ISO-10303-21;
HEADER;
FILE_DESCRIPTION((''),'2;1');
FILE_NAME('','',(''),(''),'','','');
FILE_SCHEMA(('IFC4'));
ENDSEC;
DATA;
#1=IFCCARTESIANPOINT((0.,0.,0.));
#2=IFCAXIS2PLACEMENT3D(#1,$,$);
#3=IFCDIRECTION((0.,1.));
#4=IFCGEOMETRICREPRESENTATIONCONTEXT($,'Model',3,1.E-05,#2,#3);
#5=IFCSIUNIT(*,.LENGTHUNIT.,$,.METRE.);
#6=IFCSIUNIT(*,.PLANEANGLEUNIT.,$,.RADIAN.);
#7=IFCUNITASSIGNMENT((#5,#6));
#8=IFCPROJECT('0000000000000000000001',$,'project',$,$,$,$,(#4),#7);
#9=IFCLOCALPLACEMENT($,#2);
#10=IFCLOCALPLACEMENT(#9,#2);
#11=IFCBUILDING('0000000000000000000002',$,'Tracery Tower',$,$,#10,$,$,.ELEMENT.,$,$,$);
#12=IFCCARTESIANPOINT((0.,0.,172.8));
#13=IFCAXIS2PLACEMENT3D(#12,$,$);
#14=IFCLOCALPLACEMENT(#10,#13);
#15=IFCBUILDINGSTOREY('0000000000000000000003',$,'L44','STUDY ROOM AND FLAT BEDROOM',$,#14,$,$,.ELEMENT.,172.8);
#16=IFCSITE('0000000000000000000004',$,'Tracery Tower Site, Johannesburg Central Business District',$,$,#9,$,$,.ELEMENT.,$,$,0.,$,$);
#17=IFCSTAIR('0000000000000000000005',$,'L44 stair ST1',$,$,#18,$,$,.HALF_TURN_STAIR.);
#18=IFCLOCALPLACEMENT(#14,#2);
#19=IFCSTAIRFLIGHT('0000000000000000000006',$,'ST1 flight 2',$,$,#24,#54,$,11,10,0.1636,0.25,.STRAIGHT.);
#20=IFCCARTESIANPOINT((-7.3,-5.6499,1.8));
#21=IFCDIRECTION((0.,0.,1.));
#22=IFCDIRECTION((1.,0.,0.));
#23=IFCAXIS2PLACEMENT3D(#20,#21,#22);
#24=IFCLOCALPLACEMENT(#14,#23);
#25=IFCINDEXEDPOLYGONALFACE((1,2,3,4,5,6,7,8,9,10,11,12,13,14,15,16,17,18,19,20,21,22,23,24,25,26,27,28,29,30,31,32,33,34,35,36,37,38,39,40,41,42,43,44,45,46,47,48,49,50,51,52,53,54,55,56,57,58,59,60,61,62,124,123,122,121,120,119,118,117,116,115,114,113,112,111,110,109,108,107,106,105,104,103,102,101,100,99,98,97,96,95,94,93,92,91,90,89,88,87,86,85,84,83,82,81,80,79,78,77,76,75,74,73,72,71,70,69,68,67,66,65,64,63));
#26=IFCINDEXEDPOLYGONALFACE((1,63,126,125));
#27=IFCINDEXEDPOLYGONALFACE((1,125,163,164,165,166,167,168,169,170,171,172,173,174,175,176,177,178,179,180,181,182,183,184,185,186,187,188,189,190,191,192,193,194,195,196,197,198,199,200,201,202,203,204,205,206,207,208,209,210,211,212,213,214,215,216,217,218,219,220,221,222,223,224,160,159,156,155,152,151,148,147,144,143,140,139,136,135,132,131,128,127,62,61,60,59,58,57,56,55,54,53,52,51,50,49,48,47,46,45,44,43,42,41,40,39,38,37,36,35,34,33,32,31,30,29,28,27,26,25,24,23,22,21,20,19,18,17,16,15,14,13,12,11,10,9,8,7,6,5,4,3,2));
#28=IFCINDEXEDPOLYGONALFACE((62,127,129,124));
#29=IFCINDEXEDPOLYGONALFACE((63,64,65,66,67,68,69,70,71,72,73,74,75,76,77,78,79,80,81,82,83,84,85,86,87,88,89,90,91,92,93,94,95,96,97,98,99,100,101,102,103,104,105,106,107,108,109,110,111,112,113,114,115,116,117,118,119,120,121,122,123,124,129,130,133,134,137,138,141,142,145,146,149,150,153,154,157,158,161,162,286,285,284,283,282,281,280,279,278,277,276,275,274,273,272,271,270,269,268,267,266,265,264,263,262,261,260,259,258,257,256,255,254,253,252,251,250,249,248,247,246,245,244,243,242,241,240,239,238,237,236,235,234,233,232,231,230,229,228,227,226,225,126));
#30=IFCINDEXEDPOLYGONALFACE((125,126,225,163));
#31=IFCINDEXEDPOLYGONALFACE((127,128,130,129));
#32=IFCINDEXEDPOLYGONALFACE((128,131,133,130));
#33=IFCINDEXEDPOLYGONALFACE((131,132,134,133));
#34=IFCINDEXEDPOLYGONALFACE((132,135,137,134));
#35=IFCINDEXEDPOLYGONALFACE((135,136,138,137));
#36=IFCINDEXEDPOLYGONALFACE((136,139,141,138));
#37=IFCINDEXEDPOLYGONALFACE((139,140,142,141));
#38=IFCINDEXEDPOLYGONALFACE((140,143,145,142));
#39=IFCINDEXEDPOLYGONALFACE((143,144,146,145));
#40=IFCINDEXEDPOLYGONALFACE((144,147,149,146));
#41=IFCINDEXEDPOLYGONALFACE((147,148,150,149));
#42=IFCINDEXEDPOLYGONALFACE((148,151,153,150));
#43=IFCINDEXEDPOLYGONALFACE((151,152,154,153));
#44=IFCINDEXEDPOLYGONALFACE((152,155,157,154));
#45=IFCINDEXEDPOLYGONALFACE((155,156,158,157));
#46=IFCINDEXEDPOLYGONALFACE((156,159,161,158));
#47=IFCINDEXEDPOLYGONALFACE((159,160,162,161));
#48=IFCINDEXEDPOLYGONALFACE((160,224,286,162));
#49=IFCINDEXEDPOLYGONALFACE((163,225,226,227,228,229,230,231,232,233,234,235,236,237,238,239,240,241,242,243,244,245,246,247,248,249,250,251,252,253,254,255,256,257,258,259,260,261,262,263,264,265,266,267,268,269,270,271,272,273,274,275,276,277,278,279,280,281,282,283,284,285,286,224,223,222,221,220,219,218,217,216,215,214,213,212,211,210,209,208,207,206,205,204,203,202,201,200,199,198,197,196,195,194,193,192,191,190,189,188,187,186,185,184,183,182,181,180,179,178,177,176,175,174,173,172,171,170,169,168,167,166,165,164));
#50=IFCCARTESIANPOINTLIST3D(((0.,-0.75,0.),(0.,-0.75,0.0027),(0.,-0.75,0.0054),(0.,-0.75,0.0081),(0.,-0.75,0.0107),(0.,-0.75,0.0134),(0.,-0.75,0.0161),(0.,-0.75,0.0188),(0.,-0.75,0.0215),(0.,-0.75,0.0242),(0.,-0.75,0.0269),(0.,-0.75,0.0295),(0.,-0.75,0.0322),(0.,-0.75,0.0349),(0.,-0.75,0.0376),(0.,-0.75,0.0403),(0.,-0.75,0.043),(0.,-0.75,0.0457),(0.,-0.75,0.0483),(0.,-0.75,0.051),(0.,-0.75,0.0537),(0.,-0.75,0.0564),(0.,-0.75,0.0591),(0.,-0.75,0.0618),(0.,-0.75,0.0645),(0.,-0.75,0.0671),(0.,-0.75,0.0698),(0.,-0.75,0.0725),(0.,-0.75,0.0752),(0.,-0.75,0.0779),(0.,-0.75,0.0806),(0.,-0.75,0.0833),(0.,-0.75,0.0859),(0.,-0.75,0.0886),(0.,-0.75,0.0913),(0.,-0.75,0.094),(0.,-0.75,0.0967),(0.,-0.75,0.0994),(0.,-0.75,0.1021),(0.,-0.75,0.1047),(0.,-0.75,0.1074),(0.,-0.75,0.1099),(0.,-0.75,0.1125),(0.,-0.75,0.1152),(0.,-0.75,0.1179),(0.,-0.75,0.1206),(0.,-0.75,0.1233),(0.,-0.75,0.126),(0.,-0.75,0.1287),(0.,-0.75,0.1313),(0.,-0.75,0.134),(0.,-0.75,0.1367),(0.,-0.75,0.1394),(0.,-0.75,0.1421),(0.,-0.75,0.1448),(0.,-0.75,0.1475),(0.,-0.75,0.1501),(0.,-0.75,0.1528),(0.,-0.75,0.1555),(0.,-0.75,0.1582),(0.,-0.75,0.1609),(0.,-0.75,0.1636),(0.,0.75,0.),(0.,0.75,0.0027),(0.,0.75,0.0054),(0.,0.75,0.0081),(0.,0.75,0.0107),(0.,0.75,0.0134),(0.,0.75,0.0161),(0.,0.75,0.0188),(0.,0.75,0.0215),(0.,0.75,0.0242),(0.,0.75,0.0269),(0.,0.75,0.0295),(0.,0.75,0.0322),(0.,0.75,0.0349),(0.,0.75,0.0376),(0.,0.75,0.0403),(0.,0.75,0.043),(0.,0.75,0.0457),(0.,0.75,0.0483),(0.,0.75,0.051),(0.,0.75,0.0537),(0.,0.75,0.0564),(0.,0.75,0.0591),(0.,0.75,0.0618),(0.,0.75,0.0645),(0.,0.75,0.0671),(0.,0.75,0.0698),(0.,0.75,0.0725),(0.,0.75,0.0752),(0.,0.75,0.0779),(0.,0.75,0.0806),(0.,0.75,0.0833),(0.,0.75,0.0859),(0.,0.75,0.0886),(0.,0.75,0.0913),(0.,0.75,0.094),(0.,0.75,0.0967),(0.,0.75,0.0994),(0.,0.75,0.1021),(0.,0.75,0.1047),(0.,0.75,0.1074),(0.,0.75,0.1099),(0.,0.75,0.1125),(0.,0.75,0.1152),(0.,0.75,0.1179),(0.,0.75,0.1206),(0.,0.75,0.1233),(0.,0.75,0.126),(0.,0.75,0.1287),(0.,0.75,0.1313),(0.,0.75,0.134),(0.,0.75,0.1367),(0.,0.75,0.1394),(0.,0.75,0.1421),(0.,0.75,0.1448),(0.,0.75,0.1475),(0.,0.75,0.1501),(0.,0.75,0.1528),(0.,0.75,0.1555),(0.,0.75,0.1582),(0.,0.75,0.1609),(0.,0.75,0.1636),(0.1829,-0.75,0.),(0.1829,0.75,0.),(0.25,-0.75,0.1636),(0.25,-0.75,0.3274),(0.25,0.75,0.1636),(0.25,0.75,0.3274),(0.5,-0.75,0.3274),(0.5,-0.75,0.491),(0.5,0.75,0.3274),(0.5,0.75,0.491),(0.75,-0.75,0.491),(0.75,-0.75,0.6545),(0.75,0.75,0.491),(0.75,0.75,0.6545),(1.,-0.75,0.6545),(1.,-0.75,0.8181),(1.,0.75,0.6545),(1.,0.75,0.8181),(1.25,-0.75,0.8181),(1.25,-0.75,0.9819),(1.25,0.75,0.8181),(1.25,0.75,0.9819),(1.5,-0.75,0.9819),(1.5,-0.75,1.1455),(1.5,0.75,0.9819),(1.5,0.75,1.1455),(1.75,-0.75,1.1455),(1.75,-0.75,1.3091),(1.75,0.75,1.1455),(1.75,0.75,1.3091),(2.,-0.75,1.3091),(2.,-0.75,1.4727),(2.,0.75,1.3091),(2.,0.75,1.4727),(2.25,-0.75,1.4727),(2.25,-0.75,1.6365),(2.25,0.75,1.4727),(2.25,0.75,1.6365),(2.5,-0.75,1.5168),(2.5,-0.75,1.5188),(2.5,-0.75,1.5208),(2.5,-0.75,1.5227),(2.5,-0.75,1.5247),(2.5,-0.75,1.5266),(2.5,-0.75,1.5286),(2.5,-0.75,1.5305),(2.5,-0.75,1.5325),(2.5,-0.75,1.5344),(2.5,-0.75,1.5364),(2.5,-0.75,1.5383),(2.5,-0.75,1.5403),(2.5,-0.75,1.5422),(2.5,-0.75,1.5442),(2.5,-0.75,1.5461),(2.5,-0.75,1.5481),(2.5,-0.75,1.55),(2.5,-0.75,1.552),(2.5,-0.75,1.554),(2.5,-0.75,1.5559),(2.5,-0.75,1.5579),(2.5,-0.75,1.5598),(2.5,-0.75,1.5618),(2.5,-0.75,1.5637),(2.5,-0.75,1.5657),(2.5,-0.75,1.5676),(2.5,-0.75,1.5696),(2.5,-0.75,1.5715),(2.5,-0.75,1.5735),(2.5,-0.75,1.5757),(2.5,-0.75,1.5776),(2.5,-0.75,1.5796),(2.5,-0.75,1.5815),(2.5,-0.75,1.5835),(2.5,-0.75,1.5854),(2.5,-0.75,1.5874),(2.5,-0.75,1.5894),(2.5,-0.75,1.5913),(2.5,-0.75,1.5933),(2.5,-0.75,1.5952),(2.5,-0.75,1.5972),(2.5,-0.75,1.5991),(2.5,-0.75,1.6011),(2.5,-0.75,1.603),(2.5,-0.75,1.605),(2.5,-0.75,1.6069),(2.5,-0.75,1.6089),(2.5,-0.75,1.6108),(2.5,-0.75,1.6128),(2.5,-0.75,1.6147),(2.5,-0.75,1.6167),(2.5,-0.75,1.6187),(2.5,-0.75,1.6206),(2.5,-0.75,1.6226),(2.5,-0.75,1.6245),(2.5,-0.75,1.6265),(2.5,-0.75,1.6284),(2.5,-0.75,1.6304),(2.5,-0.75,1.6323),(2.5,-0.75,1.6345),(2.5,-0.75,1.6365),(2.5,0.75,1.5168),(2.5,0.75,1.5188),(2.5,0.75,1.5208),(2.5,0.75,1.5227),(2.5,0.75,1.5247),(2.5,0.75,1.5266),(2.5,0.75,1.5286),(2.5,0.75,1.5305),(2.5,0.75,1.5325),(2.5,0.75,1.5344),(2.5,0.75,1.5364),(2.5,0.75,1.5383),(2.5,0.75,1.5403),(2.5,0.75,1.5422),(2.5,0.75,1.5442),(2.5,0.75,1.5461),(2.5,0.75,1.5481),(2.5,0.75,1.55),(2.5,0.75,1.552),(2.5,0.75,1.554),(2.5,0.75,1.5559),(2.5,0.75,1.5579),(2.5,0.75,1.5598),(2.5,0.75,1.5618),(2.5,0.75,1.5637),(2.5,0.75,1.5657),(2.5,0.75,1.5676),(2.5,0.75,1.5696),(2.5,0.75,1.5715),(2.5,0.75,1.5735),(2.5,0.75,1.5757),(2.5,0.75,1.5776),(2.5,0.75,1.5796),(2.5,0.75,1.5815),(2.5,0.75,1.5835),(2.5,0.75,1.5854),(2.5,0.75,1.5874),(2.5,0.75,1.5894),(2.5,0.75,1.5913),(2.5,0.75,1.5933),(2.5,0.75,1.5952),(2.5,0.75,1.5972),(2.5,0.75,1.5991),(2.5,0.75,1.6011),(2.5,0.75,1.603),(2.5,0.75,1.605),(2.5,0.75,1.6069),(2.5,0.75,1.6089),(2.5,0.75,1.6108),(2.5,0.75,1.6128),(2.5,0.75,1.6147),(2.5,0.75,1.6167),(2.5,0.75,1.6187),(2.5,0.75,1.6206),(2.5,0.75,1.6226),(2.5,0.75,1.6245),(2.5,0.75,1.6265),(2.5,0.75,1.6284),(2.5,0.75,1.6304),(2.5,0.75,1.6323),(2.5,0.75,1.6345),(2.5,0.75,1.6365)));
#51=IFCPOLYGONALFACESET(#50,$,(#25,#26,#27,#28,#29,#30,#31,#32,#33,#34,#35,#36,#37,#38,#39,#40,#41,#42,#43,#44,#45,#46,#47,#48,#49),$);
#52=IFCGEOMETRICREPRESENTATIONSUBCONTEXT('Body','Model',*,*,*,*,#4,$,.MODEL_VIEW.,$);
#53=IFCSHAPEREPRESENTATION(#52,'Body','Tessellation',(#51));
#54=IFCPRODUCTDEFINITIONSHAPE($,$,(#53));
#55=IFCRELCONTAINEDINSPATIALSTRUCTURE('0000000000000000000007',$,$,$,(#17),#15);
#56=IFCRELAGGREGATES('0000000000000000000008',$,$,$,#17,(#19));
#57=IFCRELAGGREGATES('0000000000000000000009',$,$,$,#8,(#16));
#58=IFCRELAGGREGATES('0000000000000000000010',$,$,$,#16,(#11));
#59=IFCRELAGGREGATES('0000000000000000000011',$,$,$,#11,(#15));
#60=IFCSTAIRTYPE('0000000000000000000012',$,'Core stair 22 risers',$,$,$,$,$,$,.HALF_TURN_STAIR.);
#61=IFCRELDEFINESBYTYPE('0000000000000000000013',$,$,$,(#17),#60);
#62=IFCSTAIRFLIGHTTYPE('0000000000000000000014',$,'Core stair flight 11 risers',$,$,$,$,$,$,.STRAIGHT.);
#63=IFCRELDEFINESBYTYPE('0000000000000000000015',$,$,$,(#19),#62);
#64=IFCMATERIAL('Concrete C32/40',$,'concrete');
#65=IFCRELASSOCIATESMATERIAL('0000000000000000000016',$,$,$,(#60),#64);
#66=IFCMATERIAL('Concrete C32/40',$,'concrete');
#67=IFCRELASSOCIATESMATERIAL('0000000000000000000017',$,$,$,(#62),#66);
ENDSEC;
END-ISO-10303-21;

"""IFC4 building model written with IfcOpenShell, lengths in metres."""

from ifc_helpers import new_model, si_unit, direction, frame, origin, place, context, subcontext, project, spatial, polyline, outline, extrude, material, type_object, element, aggregate, save


model = new_model("IFC4")

# Units and contexts
model_context = context("Model", 3, precision=1e-05, world=origin(), true_north=direction((0.0, 1.0)))
body_context = subcontext(model_context, "Body", "Model", "MODEL_VIEW")
ifc_project = project(units=[si_unit("LENGTHUNIT", "METRE"), si_unit("PLANEANGLEUNIT", "RADIAN")], contexts=[model_context])

# Site, building, storey
site_placement = place(None, origin())
site = spatial("IfcSite", under=ifc_project, at=site_placement, Name="Tracery Tower Site, Johannesburg Central Business District", CompositionType="ELEMENT", RefElevation=0.0)
building_placement = place(site_placement, origin())
building = spatial("IfcBuilding", under=site, at=building_placement, Name="Tracery Tower", CompositionType="ELEMENT")
storey_placement = place(building_placement, frame((0.0, 0.0, 172.8)))
storey = spatial("IfcBuildingStorey", under=building, at=storey_placement, Name="L44", Description="STUDY ROOM AND FLAT BEDROOM", CompositionType="ELEMENT", Elevation=172.8)

# Stair, stair flight
ifc_material_1 = material(Name="Concrete C32/40", Category="concrete")
stair_type = type_object("IfcStairType", Name="Core stair 22 risers", PredefinedType="HALF_TURN_STAIR", material=ifc_material_1)
stair_placement = place(storey_placement, origin())
stair = element("IfcStair", 1, at=stair_placement, inside=storey, type_object=stair_type, Name="L44 stair ST1", PredefinedType="HALF_TURN_STAIR")
ifc_material_2 = material(Name="Concrete C32/40", Category="concrete")
stair_flight_type = type_object("IfcStairFlightType", Name="Core stair flight 11 risers", PredefinedType="STRAIGHT", material=ifc_material_2)
stair_flight_1_placement = place(storey_placement, frame((-7.3, -5.6499, 1.8), z_axis=(0.0, 0.0, 1.0), x_axis=(1.0, 0.0, 0.0)))
stair_flight_1 = element("IfcStairFlight", 2, at=stair_flight_1_placement, type_object=stair_flight_type, Name="ST1 flight 2", NumberOfRisers=11, NumberOfTreads=10, PredefinedType="STRAIGHT", RiserHeight=0.1636, TreadLength=0.25, context=body_context, shape_type="SweptSolid", body=[
    extrude(outline(polyline([(0.0, 0.0), (0.0, 0.0027), (0.0, 0.0054), (0.0, 0.0081), (0.0, 0.0107), (0.0, 0.0134), (0.0, 0.0161), (0.0, 0.0188), (0.0, 0.0215), (0.0, 0.0242), (0.0, 0.0269), (0.0, 0.0295), (0.0, 0.0322), (0.0, 0.0349), (0.0, 0.0376), (0.0, 0.0403), (0.0, 0.043), (0.0, 0.0457), (0.0, 0.0483), (0.0, 0.051), (0.0, 0.0537), (0.0, 0.0564), (0.0, 0.0591), (0.0, 0.0618), (0.0, 0.0645), (0.0, 0.0671), (0.0, 0.0698), (0.0, 0.0725), (0.0, 0.0752), (0.0, 0.0779), (0.0, 0.0806), (0.0, 0.0833), (0.0, 0.0859), (0.0, 0.0886), (0.0, 0.0913), (0.0, 0.094), (0.0, 0.0967), (0.0, 0.0994), (0.0, 0.1021), (0.0, 0.1047), (0.0, 0.1074), (0.0, 0.1099), (0.0, 0.1125), (0.0, 0.1152), (0.0, 0.1179), (0.0, 0.1206), (0.0, 0.1233), (0.0, 0.126), (0.0, 0.1287), (0.0, 0.1313), (0.0, 0.134), (0.0, 0.1367), (0.0, 0.1394), (0.0, 0.1421), (0.0, 0.1448), (0.0, 0.1475), (0.0, 0.1501), (0.0, 0.1528), (0.0, 0.1555), (0.0, 0.1582), (0.0, 0.1609), (0.0, 0.1636), (0.25, 0.1636), (0.25, 0.3274), (0.5, 0.3274), (0.5, 0.491), (0.75, 0.491), (0.75, 0.6545), (1.0, 0.6545), (1.0, 0.8181), (1.25, 0.8181), (1.25, 0.9819), (1.5, 0.9819), (1.5, 1.1455), (1.75, 1.1455), (1.75, 1.3091), (2.0, 1.3091), (2.0, 1.4727), (2.25, 1.4727), (2.25, 1.6365), (2.5, 1.6365), (2.5, 1.6345), (2.5, 1.6323), (2.5, 1.6304), (2.5, 1.6284), (2.5, 1.6265), (2.5, 1.6245), (2.5, 1.6226), (2.5, 1.6206), (2.5, 1.6187), (2.5, 1.6167), (2.5, 1.6147), (2.5, 1.6128), (2.5, 1.6108), (2.5, 1.6089), (2.5, 1.6069), (2.5, 1.605), (2.5, 1.603), (2.5, 1.6011), (2.5, 1.5991), (2.5, 1.5972), (2.5, 1.5952), (2.5, 1.5933), (2.5, 1.5913), (2.5, 1.5894), (2.5, 1.5874), (2.5, 1.5854), (2.5, 1.5835), (2.5, 1.5815), (2.5, 1.5796), (2.5, 1.5776), (2.5, 1.5757), (2.5, 1.5735), (2.5, 1.5715), (2.5, 1.5696), (2.5, 1.5676), (2.5, 1.5657), (2.5, 1.5637), (2.5, 1.5618), (2.5, 1.5598), (2.5, 1.5579), (2.5, 1.5559), (2.5, 1.554), (2.5, 1.552), (2.5, 1.55), (2.5, 1.5481), (2.5, 1.5461), (2.5, 1.5442), (2.5, 1.5422), (2.5, 1.5403), (2.5, 1.5383), (2.5, 1.5364), (2.5, 1.5344), (2.5, 1.5325), (2.5, 1.5305), (2.5, 1.5286), (2.5, 1.5266), (2.5, 1.5247), (2.5, 1.5227), (2.5, 1.5208), (2.5, 1.5188), (2.5, 1.5168), (0.1829, 0.0), (0.0, 0.0)])), frame((0.0, 0.75, 0.0), z_axis=(0.0, -1.0, 0.0), x_axis=(1.0, 0.0, 0.0)), (0.0, 0.0, 1.0), 1.5),
])
aggregate(stair, [stair_flight_1])

save(model, "model.ifc")
